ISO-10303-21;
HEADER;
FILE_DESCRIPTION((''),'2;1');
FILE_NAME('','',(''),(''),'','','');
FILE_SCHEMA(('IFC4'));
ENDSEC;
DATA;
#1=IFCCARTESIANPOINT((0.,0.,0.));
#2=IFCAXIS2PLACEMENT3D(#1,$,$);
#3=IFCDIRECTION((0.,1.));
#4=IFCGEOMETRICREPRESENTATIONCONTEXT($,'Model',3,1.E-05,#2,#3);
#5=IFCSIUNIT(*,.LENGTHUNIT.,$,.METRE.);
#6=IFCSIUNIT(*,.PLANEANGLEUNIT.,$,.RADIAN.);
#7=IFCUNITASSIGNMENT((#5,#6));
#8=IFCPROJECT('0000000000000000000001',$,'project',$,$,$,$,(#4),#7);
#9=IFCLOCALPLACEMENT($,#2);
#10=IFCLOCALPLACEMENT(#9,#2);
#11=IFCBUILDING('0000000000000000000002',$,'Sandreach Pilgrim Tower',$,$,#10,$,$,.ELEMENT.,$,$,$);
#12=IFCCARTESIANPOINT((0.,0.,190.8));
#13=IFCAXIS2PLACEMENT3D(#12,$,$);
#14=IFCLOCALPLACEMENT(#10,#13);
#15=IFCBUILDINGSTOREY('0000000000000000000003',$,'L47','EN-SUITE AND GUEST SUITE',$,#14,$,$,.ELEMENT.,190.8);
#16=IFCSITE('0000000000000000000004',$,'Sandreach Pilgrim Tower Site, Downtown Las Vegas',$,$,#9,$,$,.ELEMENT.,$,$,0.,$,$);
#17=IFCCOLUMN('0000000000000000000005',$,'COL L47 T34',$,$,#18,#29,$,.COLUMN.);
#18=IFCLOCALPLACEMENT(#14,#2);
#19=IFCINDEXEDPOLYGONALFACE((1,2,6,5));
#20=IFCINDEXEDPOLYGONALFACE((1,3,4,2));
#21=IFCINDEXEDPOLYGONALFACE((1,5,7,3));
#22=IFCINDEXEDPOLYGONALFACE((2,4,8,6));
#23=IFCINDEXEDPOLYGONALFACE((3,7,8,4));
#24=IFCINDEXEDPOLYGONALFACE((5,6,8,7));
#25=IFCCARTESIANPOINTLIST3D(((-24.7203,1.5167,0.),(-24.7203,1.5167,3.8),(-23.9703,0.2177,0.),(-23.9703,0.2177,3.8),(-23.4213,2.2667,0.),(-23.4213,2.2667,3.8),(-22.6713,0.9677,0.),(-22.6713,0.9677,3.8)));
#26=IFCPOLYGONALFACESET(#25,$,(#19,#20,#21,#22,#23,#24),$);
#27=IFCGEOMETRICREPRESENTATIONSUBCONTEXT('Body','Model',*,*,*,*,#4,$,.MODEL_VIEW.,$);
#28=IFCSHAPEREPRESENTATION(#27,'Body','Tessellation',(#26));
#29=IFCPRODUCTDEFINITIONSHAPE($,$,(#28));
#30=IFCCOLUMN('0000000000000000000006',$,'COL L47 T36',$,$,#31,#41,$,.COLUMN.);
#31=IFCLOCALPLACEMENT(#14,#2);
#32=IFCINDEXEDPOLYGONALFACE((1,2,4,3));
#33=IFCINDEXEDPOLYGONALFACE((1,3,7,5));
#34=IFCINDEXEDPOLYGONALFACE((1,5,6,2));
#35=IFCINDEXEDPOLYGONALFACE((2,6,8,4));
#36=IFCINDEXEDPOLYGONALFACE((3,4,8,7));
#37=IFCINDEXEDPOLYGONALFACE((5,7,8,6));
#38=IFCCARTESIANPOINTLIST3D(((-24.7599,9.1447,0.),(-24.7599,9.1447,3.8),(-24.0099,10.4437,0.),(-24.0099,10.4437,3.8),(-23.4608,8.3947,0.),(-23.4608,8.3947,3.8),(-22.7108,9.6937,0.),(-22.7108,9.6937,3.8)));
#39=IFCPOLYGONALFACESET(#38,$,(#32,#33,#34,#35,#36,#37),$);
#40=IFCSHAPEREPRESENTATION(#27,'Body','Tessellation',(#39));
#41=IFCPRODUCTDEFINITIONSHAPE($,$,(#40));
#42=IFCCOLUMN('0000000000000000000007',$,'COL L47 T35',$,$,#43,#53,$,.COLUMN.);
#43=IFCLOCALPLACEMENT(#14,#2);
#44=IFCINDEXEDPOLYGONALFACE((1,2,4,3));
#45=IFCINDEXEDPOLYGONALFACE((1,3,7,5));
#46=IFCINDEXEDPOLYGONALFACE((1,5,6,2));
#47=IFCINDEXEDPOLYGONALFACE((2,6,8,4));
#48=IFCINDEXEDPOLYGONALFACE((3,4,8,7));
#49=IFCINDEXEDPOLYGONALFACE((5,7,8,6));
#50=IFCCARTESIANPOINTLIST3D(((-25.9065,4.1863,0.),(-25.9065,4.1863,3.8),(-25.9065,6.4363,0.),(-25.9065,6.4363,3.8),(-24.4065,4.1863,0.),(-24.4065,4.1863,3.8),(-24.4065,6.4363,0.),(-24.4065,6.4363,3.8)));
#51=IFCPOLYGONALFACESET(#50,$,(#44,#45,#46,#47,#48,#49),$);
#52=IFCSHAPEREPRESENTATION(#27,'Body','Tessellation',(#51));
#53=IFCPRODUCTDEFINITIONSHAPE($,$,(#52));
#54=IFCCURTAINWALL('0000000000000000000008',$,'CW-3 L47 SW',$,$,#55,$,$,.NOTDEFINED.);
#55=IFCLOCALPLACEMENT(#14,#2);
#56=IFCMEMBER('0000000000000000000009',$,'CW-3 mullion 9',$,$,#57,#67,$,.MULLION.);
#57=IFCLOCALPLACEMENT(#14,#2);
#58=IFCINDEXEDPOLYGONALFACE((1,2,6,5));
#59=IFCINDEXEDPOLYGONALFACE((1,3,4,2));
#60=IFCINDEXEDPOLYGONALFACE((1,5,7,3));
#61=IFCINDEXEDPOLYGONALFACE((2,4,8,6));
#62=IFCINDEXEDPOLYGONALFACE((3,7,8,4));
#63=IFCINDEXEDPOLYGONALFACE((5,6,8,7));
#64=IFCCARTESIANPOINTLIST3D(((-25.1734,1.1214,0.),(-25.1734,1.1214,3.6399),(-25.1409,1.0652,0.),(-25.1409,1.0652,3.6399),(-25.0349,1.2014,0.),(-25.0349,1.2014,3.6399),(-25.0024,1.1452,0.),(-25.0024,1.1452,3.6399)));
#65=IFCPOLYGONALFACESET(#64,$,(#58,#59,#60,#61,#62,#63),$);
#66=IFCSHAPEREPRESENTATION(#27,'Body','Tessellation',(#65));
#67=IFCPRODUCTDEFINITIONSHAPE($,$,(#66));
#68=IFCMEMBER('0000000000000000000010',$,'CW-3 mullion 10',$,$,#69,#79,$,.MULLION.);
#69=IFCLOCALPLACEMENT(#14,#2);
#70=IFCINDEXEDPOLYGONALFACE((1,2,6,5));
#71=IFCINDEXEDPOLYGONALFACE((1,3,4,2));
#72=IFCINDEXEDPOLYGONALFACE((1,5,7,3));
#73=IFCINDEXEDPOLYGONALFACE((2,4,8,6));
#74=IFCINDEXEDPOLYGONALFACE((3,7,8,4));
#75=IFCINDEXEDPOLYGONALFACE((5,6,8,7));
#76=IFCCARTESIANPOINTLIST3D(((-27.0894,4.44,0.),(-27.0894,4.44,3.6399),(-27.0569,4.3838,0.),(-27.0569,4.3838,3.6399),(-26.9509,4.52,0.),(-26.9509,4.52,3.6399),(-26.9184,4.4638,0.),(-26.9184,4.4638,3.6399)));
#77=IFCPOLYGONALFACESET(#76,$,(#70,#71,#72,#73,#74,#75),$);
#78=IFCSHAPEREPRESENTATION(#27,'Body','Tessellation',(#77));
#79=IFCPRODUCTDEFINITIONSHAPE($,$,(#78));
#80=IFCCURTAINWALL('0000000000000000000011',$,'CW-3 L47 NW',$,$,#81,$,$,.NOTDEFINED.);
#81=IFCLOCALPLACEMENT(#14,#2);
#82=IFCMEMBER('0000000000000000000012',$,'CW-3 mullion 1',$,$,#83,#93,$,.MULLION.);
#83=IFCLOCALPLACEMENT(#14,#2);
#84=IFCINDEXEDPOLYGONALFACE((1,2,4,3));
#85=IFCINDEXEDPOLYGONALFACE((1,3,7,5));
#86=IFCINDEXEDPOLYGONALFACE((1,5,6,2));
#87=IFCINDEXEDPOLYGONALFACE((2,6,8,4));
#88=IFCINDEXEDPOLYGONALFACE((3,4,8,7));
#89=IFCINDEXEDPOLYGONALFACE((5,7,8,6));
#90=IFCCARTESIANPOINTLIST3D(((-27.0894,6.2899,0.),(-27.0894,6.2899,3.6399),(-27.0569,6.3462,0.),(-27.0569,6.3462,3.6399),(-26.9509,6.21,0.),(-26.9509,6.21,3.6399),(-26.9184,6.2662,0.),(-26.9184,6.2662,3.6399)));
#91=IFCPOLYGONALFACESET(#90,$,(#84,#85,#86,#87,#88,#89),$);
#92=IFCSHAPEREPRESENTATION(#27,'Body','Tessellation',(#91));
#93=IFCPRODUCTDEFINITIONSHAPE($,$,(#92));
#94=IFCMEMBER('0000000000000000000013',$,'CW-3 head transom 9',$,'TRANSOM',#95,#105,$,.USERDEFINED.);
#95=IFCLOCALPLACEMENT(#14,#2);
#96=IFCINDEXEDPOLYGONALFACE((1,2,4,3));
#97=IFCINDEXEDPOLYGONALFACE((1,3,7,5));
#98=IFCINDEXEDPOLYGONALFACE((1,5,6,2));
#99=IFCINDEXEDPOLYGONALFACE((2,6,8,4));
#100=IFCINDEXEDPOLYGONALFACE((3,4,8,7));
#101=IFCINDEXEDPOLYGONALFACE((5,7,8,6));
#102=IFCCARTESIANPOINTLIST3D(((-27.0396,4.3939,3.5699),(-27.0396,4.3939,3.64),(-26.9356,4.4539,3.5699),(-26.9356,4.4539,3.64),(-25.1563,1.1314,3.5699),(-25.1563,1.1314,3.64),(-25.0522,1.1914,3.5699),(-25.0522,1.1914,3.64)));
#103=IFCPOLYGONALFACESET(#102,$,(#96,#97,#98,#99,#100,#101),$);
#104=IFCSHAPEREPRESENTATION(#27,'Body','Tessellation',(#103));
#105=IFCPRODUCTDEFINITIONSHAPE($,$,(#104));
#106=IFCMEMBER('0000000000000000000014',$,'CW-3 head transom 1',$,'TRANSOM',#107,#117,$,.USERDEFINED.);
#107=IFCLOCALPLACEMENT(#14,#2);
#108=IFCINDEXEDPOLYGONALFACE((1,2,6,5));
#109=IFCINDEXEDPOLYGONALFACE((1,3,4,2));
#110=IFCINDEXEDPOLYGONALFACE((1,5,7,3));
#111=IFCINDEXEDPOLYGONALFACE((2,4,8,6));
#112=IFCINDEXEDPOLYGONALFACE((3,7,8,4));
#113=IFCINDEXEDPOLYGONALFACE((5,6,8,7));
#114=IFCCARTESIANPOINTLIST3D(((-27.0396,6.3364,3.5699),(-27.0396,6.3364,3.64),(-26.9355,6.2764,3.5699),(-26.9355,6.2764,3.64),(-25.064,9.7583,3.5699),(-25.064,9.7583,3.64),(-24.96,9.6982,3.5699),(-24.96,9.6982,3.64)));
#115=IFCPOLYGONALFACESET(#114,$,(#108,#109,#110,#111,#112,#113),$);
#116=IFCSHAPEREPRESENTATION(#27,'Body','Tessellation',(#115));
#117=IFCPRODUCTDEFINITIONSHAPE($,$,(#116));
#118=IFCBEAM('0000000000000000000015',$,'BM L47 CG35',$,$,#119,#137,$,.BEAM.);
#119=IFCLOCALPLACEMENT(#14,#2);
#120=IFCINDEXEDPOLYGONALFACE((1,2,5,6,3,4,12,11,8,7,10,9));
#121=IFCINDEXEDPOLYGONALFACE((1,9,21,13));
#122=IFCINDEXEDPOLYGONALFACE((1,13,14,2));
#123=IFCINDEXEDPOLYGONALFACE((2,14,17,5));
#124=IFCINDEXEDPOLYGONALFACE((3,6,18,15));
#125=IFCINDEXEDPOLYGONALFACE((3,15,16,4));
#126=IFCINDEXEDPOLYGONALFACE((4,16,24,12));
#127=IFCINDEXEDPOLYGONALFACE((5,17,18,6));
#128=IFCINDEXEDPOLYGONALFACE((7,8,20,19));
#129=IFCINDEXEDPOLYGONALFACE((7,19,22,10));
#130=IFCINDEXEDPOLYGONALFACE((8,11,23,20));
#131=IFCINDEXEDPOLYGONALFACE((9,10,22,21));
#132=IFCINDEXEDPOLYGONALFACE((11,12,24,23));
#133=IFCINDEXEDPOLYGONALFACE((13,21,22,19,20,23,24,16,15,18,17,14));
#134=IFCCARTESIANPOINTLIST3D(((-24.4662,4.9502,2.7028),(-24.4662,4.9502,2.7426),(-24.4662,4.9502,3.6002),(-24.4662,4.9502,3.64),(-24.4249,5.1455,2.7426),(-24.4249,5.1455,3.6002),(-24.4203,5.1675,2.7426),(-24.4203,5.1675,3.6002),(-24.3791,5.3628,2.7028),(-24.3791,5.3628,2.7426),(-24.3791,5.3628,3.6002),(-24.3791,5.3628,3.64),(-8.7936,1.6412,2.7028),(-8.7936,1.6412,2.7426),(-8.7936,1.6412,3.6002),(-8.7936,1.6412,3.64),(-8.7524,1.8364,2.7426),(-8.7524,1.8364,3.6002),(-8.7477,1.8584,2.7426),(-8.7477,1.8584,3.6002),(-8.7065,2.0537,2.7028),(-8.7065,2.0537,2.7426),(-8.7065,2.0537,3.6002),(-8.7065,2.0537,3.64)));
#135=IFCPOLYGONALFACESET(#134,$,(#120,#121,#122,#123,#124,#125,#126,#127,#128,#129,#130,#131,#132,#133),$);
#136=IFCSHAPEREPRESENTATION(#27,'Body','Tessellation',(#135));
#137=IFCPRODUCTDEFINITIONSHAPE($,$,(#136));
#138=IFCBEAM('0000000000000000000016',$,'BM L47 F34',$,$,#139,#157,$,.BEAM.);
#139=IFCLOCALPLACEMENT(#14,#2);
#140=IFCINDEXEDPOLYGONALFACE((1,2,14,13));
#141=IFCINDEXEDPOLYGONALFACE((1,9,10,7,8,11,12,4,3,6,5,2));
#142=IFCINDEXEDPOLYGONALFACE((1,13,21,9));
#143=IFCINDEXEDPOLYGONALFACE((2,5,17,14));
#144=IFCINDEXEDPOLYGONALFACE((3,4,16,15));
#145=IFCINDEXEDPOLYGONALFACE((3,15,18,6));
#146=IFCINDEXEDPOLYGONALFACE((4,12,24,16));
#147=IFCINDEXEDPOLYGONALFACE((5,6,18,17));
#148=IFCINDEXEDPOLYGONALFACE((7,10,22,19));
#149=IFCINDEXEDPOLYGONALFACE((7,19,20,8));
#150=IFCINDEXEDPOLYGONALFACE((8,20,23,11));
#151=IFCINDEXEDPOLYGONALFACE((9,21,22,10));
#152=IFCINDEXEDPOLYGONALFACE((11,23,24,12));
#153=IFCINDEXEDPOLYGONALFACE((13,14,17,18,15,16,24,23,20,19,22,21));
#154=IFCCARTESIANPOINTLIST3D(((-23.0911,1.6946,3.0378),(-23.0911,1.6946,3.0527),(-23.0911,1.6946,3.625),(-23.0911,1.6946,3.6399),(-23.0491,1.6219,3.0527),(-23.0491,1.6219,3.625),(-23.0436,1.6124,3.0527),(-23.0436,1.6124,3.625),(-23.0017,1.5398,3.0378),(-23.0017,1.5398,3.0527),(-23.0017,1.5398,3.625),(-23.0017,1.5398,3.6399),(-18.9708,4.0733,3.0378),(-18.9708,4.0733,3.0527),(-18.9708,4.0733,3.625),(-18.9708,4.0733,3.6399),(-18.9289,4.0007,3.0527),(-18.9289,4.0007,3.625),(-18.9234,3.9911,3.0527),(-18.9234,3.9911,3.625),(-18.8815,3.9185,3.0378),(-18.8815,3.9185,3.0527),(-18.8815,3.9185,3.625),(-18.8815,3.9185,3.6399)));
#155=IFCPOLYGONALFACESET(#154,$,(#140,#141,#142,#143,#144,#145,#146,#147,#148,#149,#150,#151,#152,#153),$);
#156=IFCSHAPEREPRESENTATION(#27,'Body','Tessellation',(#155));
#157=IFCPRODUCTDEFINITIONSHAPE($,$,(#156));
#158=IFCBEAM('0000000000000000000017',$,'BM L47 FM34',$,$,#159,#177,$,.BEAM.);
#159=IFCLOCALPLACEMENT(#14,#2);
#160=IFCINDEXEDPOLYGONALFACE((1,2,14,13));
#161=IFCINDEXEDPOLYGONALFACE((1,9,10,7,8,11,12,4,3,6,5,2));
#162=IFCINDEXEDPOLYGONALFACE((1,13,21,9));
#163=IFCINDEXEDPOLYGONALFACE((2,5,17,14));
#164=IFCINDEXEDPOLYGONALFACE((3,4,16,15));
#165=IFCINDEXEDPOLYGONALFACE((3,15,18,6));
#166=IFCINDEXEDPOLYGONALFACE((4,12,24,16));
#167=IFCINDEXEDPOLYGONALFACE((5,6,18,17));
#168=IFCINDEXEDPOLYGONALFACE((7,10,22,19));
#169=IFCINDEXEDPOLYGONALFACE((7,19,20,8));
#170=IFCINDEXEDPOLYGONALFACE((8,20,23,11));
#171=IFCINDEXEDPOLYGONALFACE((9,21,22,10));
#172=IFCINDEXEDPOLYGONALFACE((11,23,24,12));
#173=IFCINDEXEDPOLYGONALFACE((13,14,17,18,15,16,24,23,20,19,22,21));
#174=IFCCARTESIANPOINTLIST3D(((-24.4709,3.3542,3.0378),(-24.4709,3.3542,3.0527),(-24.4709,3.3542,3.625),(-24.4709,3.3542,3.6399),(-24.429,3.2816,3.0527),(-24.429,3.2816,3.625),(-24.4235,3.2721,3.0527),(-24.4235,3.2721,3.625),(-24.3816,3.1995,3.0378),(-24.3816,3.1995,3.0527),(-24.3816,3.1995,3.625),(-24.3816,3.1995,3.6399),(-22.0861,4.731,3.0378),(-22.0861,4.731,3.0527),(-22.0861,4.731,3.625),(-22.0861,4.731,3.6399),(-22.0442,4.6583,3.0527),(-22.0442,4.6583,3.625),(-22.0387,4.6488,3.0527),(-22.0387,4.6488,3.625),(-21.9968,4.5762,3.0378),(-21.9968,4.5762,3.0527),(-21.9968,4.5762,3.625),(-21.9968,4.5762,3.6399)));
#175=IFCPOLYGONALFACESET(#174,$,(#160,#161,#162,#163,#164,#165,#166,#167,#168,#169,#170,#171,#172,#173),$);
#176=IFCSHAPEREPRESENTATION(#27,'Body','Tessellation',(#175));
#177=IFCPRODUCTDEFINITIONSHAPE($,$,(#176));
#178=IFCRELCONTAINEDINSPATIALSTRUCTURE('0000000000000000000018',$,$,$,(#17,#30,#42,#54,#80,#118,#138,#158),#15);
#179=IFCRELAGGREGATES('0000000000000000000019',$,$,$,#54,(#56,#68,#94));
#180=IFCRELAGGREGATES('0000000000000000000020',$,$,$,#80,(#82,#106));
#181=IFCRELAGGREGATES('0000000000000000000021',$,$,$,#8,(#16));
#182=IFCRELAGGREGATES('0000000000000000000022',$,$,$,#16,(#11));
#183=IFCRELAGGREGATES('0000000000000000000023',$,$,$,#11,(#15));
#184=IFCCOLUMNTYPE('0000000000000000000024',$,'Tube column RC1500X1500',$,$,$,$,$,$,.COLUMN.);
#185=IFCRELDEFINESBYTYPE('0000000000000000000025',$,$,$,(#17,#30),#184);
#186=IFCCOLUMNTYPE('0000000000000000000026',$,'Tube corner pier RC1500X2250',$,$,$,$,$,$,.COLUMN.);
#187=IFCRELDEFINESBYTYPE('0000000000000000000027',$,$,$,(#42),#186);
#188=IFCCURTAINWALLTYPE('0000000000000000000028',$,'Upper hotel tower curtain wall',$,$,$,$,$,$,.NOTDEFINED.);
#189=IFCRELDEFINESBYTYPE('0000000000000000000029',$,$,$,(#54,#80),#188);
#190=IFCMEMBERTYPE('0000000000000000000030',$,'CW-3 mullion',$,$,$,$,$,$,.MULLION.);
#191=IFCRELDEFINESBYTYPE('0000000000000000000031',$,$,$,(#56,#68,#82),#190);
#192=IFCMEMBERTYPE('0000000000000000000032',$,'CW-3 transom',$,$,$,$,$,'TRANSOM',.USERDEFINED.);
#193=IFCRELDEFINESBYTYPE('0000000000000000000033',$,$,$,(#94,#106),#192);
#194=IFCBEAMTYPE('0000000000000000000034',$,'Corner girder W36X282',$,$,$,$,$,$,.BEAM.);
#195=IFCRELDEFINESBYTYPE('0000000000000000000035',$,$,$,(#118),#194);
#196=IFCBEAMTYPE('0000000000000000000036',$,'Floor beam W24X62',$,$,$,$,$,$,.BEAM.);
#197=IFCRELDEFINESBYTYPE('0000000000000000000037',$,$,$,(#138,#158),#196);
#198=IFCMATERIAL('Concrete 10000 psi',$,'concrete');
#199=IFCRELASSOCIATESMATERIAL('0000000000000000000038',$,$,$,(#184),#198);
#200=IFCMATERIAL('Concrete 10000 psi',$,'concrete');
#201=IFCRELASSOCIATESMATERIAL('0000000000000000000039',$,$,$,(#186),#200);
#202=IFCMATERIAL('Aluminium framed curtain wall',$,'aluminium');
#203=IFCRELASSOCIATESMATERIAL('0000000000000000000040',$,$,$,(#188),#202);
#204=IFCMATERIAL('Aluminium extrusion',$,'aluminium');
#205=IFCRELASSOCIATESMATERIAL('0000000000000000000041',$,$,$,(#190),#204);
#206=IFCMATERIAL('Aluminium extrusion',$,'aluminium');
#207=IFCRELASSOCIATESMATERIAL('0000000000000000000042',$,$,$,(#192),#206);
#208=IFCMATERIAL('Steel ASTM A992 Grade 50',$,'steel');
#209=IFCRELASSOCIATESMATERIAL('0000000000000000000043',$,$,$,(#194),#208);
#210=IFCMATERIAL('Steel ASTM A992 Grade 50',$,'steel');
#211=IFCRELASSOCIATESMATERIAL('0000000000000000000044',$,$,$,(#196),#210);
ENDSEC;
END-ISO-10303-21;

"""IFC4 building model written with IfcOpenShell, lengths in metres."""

from ifc_helpers import new_model, si_unit, direction, frame, origin, origin_2d, place, context, subcontext, project, spatial, rectangle, i_section, extrude, material, material_profile, profile_set, type_object, element, aggregate, save


model = new_model("IFC4")

# Units and contexts
model_context = context("Model", 3, precision=1e-05, world=origin(), true_north=direction((0.0, 1.0)))
body_context = subcontext(model_context, "Body", "Model", "MODEL_VIEW")
ifc_project = project(units=[si_unit("LENGTHUNIT", "METRE"), si_unit("PLANEANGLEUNIT", "RADIAN")], contexts=[model_context])

# Site, building, storey
site_placement = place(None, origin())
site = spatial("IfcSite", under=ifc_project, at=site_placement, Name="Sandreach Pilgrim Tower Site, Downtown Las Vegas", CompositionType="ELEMENT", RefElevation=0.0)
building_placement = place(site_placement, origin())
building = spatial("IfcBuilding", under=site, at=building_placement, Name="Sandreach Pilgrim Tower", CompositionType="ELEMENT")
storey_placement = place(building_placement, frame((0.0, 0.0, 190.8)))
storey = spatial("IfcBuildingStorey", under=building, at=storey_placement, Name="L47", Description="EN-SUITE AND GUEST SUITE", CompositionType="ELEMENT", Elevation=190.8)

# Columns
ifc_material_1 = material(Name="Concrete 10000 psi", Category="concrete")
ifc_material_profile_1 = material_profile(ifc_material_1, rectangle(XDim=1.5, YDim=1.5, at=origin_2d()), Name="RC1500X1500")
ifc_profile_set_1 = profile_set([ifc_material_profile_1], Name="Concrete 10000 psi")
column_type_1 = type_object("IfcColumnType", Name="Tube column RC1500X1500", PredefinedType="COLUMN", material=ifc_profile_set_1)
for number, where, z_axis, x_axis, name in (
    (1, (-23.6958, 1.2422, 0.0), (0.0, 0.0, 1.0), (-0.866025, -0.5, 0.0), "COL L47 T34"),
    (2, (-23.7354, 9.4192, 0.0), (0.0, 0.0, 1.0), (-0.866025, 0.5, 0.0), "COL L47 T36"),
):
    element("IfcColumn", number, at=place(storey_placement, frame(where, z_axis=z_axis, x_axis=x_axis)), inside=storey, type_object=column_type_1, Name=name, PredefinedType="COLUMN", context=body_context, shape_type="SweptSolid", body=[
        extrude(rectangle(XDim=1.5, YDim=1.5, at=origin_2d()), origin(), (0.0, 0.0, 1.0), 3.8),
    ])
ifc_material_2 = material(Name="Concrete 10000 psi", Category="concrete")
ifc_material_profile_2 = material_profile(ifc_material_2, rectangle(XDim=1.5, YDim=2.25, at=origin_2d()), Name="RC1500X2250")
ifc_profile_set_2 = profile_set([ifc_material_profile_2], Name="Concrete 10000 psi")
column_type_2 = type_object("IfcColumnType", Name="Tube corner pier RC1500X2250", PredefinedType="COLUMN", material=ifc_profile_set_2)
column_placement = place(storey_placement, frame((-25.1565, 5.3113, 0.0), z_axis=(0.0, 0.0, 1.0), x_axis=(-1.0, 0.0, 0.0)))
element("IfcColumn", 3, at=column_placement, inside=storey, type_object=column_type_2, Name="COL L47 T35", PredefinedType="COLUMN", context=body_context, shape_type="SweptSolid", body=[
    extrude(rectangle(XDim=1.5, YDim=2.25, at=origin_2d()), origin(), (0.0, 0.0, 1.0), 3.8),
])

# Curtain wall, members
ifc_material_3 = material(Name="Aluminium framed curtain wall", Category="aluminium")
curtain_wall_type = type_object("IfcCurtainWallType", Name="Upper hotel tower curtain wall", PredefinedType="NOTDEFINED", material=ifc_material_3)
curtain_wall_1_placement = place(storey_placement, origin())
curtain_wall_1 = element("IfcCurtainWall", 4, at=curtain_wall_1_placement, inside=storey, type_object=curtain_wall_type, Name="CW-3 L47 SW", PredefinedType="NOTDEFINED")
ifc_material_4 = material(Name="Aluminium extrusion", Category="aluminium")
ifc_material_profile_3 = material_profile(ifc_material_4, rectangle(XDim=0.0649, YDim=0.1599, at=origin_2d()), Name="CW-3M 65X160")
ifc_profile_set_3 = profile_set([ifc_material_profile_3], Name="Aluminium extrusion")
member_type_1 = type_object("IfcMemberType", Name="CW-3 mullion", PredefinedType="MULLION", material=ifc_profile_set_3)
member_1_placement = place(storey_placement, frame((-25.0879, 1.1333, 0.0), z_axis=(0.0, 0.0, 1.0), x_axis=(-0.5, 0.866025, 0.0)))
member_1 = element("IfcMember", 5, at=member_1_placement, type_object=member_type_1, Name="CW-3 mullion 9", PredefinedType="MULLION", context=body_context, shape_type="SweptSolid", body=[
    extrude(rectangle(XDim=0.0649, YDim=0.1599, at=origin_2d()), origin(), (0.0, 0.0, 1.0), 3.6399),
])
member_2_placement = place(storey_placement, frame((-27.0039, 4.4519, 0.0), z_axis=(0.0, 0.0, 1.0), x_axis=(-0.5, 0.866025, 0.0)))
member_2 = element("IfcMember", 6, at=member_2_placement, type_object=member_type_1, Name="CW-3 mullion 10", PredefinedType="MULLION", context=body_context, shape_type="SweptSolid", body=[
    extrude(rectangle(XDim=0.0649, YDim=0.1599, at=origin_2d()), origin(), (0.0, 0.0, 1.0), 3.6399),
])

# Curtain wall, member
curtain_wall_2_placement = place(storey_placement, origin())
curtain_wall_2 = element("IfcCurtainWall", 7, at=curtain_wall_2_placement, inside=storey, type_object=curtain_wall_type, Name="CW-3 L47 NW", PredefinedType="NOTDEFINED")
member_3_placement = place(storey_placement, frame((-27.0039, 6.2781, 0.0), z_axis=(0.0, 0.0, 1.0), x_axis=(0.5, 0.866025, 0.0)))
member_3 = element("IfcMember", 8, at=member_3_placement, type_object=member_type_1, Name="CW-3 mullion 1", PredefinedType="MULLION", context=body_context, shape_type="SweptSolid", body=[
    extrude(rectangle(XDim=0.0649, YDim=0.1599, at=origin_2d()), origin(), (0.0, 0.0, 1.0), 3.6399),
])

# Members
ifc_material_5 = material(Name="Aluminium extrusion", Category="aluminium")
ifc_material_profile_4 = material_profile(ifc_material_5, rectangle(XDim=0.1201, YDim=0.0701, at=origin_2d()), Name="CW-3T 120X70")
ifc_profile_set_4 = profile_set([ifc_material_profile_4], Name="Aluminium extrusion")
member_type_2 = type_object("IfcMemberType", Name="CW-3 transom", ElementType="TRANSOM", PredefinedType="USERDEFINED", material=ifc_profile_set_4)
member_4_placement = place(storey_placement, frame((-25.1042, 1.1614, 3.605), z_axis=(-0.499945, 0.866057, 0.0), x_axis=(-0.866057, -0.499945, 0.0)))
member_4 = element("IfcMember", 9, at=member_4_placement, type_object=member_type_2, Name="CW-3 head transom 9", ObjectType="TRANSOM", PredefinedType="USERDEFINED", context=body_context, shape_type="SweptSolid", body=[
    extrude(rectangle(XDim=0.1201, YDim=0.0701, at=origin_2d()), origin(), (0.0, 0.0, 1.0), 3.7671),
])
member_5_placement = place(storey_placement, frame((-26.9875, 6.3064, 3.605), z_axis=(0.499993, 0.866029, 0.0), x_axis=(-0.866029, 0.499993, 0.0)))
member_5 = element("IfcMember", 10, at=member_5_placement, type_object=member_type_2, Name="CW-3 head transom 1", ObjectType="TRANSOM", PredefinedType="USERDEFINED", context=body_context, shape_type="SweptSolid", body=[
    extrude(rectangle(XDim=0.1201, YDim=0.0701, at=origin_2d()), origin(), (0.0, 0.0, 1.0), 3.9512),
])

# Beams
ifc_material_6 = material(Name="Steel ASTM A992 Grade 50", Category="steel")
ifc_material_profile_5 = material_profile(ifc_material_6, i_section(OverallWidth=0.4216, OverallDepth=0.9373, WebThickness=0.0225, FlangeThickness=0.0398, at=origin_2d()), Name="W36X282")
ifc_profile_set_5 = profile_set([ifc_material_profile_5], Name="Steel ASTM A992 Grade 50")
beam_type_1 = type_object("IfcBeamType", Name="Corner girder W36X282", PredefinedType="BEAM", material=ifc_profile_set_5)
beam_1_placement = place(storey_placement, frame((-24.4226, 5.1565, 3.1714), z_axis=(0.978429, -0.206583, 0.0), x_axis=(0.206583, 0.978429, 0.0)))
element("IfcBeam", 11, at=beam_1_placement, inside=storey, type_object=beam_type_1, Name="BM L47 CG35", PredefinedType="BEAM", context=body_context, shape_type="SweptSolid", body=[
    extrude(i_section(OverallWidth=0.4216, OverallDepth=0.9373, WebThickness=0.0225, FlangeThickness=0.0398, at=origin_2d()), origin(), (0.0, 0.0, 1.0), 16.0181),
])
ifc_material_7 = material(Name="Steel ASTM A992 Grade 50", Category="steel")
ifc_material_profile_6 = material_profile(ifc_material_7, i_section(OverallWidth=0.1787, OverallDepth=0.6021, WebThickness=0.011, FlangeThickness=0.0149, at=origin_2d()), Name="W24X62")
ifc_profile_set_6 = profile_set([ifc_material_profile_6], Name="Steel ASTM A992 Grade 50")
beam_type_2 = type_object("IfcBeamType", Name="Floor beam W24X62", PredefinedType="BEAM", material=ifc_profile_set_6)
beam_2_placement = place(storey_placement, frame((-23.0464, 1.6172, 3.3389), z_axis=(0.866033, 0.499986, 0.0), x_axis=(-0.499986, 0.866033, 0.0)))
element("IfcBeam", 12, at=beam_2_placement, inside=storey, type_object=beam_type_2, Name="BM L47 F34", PredefinedType="BEAM", context=body_context, shape_type="SweptSolid", body=[
    extrude(i_section(OverallWidth=0.1787, OverallDepth=0.6021, WebThickness=0.011, FlangeThickness=0.0149, at=origin_2d()), origin(), (0.0, 0.0, 1.0), 4.7576),
])
beam_3_placement = place(storey_placement, frame((-24.4263, 3.2769, 3.3389), z_axis=(0.866047, 0.499963, 0.0), x_axis=(-0.499963, 0.866047, 0.0)))
element("IfcBeam", 13, at=beam_3_placement, inside=storey, type_object=beam_type_2, Name="BM L47 FM34", PredefinedType="BEAM", context=body_context, shape_type="SweptSolid", body=[
    extrude(i_section(OverallWidth=0.1787, OverallDepth=0.6021, WebThickness=0.011, FlangeThickness=0.0149, at=origin_2d()), origin(), (0.0, 0.0, 1.0), 2.7537),
])

aggregate(curtain_wall_1, [member_1, member_2, member_4])
aggregate(curtain_wall_2, [member_3, member_5])

save(model, "model.ifc")
